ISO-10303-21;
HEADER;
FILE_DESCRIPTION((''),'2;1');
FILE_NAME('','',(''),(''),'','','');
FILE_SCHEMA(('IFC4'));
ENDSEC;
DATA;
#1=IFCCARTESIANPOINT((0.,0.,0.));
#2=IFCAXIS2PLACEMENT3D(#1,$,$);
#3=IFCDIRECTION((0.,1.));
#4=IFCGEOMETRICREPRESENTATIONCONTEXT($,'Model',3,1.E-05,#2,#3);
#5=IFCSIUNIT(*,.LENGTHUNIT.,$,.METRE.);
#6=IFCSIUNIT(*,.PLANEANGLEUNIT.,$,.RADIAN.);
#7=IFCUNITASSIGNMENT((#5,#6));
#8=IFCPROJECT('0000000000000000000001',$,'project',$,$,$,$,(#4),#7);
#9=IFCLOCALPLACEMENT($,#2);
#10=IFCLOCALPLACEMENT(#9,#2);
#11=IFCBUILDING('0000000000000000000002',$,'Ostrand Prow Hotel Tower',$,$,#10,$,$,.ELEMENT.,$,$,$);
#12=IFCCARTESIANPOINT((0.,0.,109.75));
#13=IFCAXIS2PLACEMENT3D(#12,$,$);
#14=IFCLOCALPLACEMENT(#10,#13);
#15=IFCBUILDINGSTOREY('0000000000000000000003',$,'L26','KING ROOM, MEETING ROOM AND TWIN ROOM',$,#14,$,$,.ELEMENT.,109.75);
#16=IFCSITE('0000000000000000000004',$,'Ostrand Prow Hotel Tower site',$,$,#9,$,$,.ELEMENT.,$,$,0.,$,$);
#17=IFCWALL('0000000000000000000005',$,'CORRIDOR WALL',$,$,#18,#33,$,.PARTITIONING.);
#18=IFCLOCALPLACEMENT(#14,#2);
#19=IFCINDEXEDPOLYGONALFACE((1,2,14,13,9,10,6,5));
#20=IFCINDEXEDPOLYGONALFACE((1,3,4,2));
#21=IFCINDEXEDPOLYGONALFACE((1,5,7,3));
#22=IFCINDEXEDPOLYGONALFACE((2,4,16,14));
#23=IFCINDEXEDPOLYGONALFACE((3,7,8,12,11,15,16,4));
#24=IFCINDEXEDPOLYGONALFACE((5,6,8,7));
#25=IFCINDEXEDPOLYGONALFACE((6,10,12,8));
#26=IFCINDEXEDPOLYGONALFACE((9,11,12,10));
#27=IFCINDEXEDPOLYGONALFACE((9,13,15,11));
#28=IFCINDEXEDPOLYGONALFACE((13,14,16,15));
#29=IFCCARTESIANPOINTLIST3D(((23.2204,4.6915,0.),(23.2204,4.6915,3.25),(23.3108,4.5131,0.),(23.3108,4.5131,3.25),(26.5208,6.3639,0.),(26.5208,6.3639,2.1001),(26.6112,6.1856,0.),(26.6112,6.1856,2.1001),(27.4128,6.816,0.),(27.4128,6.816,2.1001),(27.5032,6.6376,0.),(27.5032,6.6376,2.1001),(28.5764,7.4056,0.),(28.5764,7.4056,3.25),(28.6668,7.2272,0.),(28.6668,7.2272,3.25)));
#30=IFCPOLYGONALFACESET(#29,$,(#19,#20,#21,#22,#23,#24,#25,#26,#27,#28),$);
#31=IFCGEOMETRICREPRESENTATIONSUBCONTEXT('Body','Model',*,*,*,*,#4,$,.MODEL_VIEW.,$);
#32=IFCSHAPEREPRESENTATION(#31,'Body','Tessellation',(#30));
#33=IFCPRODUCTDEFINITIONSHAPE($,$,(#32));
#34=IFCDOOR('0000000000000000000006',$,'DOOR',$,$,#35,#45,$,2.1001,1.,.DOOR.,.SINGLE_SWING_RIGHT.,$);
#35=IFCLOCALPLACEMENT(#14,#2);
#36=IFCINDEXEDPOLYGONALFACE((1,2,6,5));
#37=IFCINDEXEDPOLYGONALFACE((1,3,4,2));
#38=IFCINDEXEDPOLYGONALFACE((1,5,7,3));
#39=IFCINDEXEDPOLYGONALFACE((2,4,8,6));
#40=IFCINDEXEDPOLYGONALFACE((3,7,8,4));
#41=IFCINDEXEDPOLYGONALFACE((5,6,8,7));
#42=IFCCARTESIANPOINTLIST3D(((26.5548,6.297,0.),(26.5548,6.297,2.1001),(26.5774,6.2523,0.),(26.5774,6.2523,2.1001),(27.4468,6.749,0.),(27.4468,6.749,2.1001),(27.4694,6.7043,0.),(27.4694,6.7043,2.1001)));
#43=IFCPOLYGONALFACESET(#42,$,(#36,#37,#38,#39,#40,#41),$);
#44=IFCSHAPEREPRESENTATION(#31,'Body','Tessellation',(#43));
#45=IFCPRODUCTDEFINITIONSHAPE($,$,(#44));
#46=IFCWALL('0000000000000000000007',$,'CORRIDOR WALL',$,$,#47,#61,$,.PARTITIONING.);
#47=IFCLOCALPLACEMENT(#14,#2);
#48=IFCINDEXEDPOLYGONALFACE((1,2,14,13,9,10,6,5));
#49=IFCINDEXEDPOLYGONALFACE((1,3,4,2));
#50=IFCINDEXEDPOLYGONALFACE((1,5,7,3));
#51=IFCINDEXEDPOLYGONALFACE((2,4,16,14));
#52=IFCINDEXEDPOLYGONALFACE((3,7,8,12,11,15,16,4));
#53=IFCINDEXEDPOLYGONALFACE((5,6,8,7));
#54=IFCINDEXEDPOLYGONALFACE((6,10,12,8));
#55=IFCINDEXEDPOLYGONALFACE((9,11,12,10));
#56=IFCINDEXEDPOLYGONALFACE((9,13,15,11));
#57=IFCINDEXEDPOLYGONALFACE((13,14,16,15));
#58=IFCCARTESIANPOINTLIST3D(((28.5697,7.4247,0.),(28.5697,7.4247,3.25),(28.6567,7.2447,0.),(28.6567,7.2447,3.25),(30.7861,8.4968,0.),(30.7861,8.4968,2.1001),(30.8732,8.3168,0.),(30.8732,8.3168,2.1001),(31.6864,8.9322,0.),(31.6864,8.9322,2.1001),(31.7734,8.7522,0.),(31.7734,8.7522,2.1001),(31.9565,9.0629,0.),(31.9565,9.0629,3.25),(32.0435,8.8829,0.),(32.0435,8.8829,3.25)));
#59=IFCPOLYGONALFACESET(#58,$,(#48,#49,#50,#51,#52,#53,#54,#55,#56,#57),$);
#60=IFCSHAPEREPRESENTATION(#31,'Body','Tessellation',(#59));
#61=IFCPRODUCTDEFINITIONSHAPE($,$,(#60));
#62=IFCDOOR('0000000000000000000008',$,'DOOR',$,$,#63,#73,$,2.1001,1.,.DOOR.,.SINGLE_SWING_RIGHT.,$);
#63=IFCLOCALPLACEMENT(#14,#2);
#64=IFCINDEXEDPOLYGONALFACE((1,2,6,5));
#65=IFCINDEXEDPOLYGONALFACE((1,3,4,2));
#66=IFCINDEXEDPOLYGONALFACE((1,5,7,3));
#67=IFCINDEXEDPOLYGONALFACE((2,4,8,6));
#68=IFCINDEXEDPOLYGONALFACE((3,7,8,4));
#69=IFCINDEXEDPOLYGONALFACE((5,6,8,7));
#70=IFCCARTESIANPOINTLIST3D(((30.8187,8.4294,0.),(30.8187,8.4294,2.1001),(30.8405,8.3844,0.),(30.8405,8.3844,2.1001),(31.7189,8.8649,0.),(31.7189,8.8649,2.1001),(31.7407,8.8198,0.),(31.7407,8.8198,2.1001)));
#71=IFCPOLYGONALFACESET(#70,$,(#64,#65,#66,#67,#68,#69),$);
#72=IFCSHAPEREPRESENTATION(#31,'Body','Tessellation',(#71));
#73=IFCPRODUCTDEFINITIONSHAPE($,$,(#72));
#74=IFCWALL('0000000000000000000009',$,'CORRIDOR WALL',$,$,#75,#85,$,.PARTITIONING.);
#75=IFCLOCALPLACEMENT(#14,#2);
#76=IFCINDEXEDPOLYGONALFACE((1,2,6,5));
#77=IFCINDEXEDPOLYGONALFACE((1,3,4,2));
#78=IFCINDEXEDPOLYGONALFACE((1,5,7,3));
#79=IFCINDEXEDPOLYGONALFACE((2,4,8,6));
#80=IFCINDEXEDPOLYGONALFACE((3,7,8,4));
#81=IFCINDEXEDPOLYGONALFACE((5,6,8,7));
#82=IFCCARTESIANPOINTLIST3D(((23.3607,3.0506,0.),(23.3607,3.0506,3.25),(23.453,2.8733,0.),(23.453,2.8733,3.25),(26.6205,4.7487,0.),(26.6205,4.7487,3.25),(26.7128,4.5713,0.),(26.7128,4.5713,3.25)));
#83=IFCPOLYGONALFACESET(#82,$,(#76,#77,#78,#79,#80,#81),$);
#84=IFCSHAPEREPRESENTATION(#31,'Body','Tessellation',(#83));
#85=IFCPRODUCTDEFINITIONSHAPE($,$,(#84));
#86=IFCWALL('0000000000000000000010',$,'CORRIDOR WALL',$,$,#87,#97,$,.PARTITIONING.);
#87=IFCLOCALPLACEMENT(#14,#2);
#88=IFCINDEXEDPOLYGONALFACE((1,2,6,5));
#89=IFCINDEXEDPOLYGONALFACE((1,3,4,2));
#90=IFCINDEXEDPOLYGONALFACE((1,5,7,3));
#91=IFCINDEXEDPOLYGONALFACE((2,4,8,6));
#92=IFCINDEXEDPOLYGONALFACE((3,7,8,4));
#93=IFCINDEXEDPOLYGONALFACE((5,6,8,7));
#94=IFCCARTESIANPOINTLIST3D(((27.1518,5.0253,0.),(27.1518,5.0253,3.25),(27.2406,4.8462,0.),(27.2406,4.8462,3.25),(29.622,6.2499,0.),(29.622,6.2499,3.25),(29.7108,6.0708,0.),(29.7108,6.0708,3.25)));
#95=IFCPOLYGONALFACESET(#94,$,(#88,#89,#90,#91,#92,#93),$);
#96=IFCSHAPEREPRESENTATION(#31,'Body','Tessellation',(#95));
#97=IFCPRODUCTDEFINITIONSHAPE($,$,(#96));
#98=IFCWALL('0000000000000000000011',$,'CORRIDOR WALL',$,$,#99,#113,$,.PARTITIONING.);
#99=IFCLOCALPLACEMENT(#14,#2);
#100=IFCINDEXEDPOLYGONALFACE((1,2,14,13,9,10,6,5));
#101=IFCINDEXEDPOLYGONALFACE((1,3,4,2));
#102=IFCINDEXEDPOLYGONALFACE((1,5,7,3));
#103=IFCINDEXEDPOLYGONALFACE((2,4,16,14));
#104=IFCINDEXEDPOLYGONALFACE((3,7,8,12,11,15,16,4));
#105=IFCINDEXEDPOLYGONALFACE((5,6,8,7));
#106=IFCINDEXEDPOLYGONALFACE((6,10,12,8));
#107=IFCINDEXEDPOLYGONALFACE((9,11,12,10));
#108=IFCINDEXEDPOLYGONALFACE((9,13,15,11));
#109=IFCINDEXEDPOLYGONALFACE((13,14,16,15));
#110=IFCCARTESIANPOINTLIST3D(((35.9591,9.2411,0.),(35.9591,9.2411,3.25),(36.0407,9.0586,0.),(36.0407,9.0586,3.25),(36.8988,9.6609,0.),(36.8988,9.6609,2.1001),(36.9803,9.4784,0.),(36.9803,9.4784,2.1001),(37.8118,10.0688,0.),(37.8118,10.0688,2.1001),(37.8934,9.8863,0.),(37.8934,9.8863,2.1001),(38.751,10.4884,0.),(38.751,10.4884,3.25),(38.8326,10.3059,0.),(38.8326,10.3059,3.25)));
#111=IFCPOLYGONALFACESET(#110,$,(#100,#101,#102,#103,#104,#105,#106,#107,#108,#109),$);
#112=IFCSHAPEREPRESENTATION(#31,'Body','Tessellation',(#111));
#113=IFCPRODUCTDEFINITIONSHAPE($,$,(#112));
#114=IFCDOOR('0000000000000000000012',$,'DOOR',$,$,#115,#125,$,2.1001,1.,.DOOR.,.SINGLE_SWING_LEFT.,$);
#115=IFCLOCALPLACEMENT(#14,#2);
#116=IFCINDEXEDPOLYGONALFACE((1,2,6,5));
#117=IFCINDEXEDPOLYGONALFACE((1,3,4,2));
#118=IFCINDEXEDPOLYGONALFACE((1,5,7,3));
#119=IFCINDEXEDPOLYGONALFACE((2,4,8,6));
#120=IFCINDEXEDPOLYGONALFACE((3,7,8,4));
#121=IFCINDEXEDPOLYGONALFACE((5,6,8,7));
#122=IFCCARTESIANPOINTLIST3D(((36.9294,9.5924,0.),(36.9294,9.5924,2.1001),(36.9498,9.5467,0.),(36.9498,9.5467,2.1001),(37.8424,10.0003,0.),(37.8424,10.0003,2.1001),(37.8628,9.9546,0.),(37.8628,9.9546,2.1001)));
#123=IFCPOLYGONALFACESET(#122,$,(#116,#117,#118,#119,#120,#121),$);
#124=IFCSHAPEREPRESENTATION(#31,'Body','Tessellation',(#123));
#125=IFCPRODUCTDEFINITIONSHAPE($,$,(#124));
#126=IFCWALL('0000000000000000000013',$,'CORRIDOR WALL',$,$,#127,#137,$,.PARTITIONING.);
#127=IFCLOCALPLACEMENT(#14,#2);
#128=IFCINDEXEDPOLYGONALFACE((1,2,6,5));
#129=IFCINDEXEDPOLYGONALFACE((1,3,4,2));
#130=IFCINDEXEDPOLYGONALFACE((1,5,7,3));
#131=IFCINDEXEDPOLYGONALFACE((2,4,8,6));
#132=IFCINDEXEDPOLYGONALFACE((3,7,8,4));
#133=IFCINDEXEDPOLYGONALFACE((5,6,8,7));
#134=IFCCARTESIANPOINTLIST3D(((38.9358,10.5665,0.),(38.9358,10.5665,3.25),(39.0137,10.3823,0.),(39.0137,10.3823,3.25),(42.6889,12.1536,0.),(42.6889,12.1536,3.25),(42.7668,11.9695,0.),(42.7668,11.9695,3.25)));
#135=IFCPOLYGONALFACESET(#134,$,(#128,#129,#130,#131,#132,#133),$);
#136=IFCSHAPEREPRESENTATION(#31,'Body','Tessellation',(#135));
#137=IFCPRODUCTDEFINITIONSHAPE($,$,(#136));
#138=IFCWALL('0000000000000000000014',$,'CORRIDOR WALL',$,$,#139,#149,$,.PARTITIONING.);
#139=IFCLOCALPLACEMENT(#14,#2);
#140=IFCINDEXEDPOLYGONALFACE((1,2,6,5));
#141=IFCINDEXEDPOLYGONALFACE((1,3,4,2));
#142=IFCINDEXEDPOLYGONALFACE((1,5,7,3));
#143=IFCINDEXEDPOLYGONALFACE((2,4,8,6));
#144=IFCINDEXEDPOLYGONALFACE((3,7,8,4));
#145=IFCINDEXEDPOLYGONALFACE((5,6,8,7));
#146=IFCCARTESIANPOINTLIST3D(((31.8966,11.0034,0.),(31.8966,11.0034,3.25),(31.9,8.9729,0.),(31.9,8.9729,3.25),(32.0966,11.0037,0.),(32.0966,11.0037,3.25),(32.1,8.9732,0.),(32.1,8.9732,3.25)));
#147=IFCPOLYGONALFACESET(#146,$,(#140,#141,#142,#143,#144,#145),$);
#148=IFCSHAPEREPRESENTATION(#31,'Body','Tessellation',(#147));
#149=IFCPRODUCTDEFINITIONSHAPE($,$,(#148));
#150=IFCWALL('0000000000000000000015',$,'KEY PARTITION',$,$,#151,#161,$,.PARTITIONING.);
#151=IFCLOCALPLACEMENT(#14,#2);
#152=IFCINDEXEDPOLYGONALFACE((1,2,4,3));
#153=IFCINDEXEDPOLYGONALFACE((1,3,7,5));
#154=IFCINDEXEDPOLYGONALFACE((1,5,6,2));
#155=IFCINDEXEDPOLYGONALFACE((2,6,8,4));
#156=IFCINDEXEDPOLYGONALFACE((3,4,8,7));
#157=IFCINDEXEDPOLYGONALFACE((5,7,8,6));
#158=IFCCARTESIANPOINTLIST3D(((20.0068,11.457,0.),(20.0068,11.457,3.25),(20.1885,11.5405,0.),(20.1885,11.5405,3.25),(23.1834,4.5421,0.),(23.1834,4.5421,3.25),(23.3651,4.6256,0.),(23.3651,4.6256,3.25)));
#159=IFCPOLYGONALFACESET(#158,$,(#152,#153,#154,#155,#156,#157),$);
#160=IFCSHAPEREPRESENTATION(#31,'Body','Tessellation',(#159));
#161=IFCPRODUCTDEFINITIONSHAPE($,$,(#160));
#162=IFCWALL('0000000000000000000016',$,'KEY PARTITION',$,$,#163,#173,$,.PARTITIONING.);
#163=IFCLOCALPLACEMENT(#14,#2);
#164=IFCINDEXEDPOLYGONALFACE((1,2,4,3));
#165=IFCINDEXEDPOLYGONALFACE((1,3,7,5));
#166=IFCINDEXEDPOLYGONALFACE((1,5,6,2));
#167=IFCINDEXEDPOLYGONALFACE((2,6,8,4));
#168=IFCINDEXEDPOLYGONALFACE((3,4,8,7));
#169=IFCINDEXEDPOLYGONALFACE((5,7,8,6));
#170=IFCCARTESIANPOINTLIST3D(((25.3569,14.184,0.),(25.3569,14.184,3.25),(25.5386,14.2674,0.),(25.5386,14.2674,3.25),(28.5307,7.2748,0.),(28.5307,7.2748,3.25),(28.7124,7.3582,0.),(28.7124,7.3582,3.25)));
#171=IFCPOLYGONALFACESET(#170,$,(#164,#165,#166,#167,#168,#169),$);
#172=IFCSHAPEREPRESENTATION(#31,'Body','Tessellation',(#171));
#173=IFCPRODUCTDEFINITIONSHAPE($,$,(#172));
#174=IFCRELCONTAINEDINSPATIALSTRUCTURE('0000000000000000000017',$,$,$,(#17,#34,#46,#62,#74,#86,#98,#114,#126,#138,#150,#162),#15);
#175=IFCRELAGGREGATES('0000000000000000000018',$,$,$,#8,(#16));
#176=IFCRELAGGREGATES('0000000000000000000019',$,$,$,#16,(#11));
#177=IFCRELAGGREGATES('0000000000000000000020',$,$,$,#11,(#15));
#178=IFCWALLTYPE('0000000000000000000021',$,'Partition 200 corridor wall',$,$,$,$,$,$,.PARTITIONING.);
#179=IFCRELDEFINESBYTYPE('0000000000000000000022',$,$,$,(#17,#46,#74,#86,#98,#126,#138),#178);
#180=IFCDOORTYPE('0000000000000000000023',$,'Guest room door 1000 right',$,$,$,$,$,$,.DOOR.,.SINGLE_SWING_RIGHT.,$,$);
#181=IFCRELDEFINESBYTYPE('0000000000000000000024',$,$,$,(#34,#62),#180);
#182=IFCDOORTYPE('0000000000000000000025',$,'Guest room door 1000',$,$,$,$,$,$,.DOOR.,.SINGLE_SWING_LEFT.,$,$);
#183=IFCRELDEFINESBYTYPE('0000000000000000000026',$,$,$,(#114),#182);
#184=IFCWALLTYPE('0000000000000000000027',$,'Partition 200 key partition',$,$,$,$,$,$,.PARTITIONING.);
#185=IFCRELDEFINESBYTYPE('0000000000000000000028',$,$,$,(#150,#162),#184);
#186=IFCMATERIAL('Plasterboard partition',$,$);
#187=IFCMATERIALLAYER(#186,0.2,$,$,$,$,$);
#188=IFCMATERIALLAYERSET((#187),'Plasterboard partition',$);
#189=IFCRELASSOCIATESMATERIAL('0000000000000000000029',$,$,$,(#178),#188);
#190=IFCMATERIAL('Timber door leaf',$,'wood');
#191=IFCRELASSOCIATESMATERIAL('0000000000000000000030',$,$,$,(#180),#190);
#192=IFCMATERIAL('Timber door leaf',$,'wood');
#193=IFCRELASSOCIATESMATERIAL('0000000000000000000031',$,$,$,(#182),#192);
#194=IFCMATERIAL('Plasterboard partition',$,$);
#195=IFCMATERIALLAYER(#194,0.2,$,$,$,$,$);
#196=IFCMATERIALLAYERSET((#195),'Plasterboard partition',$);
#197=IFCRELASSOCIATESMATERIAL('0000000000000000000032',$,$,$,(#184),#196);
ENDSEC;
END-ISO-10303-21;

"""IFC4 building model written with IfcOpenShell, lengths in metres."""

from ifc_helpers import new_model, si_unit, direction, frame, frame_2d, origin, place, context, subcontext, project, spatial, rectangle, extrude, material, layer, layer_set, type_object, element, fill, save


model = new_model("IFC4")

# Units and contexts
model_context = context("Model", 3, precision=1e-05, world=origin(), true_north=direction((0.0, 1.0)))
body_context = subcontext(model_context, "Body", "Model", "MODEL_VIEW")
ifc_project = project(units=[si_unit("LENGTHUNIT", "METRE"), si_unit("PLANEANGLEUNIT", "RADIAN")], contexts=[model_context])

# Site, building, storey
site_placement = place(None, origin())
site = spatial("IfcSite", under=ifc_project, at=site_placement, Name="Ostrand Prow Hotel Tower site", CompositionType="ELEMENT", RefElevation=0.0)
building_placement = place(site_placement, origin())
building = spatial("IfcBuilding", under=site, at=building_placement, Name="Ostrand Prow Hotel Tower", CompositionType="ELEMENT")
storey_placement = place(building_placement, frame((0.0, 0.0, 109.75)))
storey = spatial("IfcBuildingStorey", under=building, at=storey_placement, Name="L26", Description="KING ROOM, MEETING ROOM AND TWIN ROOM", CompositionType="ELEMENT", Elevation=109.75)

# Walls, openings, doors
ifc_material_1 = material(Name="Plasterboard partition")
ifc_layer_1 = layer(ifc_material_1, 0.2)
ifc_layer_set_1 = layer_set([ifc_layer_1], Name="Plasterboard partition")
wall_type_1 = type_object("IfcWallType", Name="Partition 200 corridor wall", PredefinedType="PARTITIONING", material=ifc_layer_set_1)
wall_1_placement = place(storey_placement, frame((23.2656, 4.6023, 0.0), z_axis=(0.0, 0.0, 1.0), x_axis=(0.892007, 0.452021, 0.0)))
wall_1 = element("IfcWall", 1, at=wall_1_placement, inside=storey, type_object=wall_type_1, Name="CORRIDOR WALL", PredefinedType="PARTITIONING", context=body_context, shape_type="SweptSolid", body=[
    extrude(rectangle(XDim=6.0044, YDim=0.2, at=frame_2d((3.0022, 0.0))), origin(), (0.0, 0.0, 1.0), 3.25),
])
opening_1_placement = place(wall_1_placement, frame((3.7, 0.0, 0.0)))
opening_1 = element("IfcOpeningElement", 2, at=opening_1_placement, cuts=wall_1, PredefinedType="OPENING", context=body_context, shape_type="SweptSolid", body=[
    extrude(rectangle(XDim=1.0, YDim=2.1001, at=frame_2d((0.5, 1.05))), frame((0.0, 0.1099, 0.0), z_axis=(0.0, -1.0, 0.0), x_axis=(1.0, 0.0, 0.0)), (0.0, 0.0, 1.0), 0.22),
])
ifc_material_2 = material(Name="Timber door leaf", Category="wood")
door_type_1 = type_object("IfcDoorType", Name="Guest room door 1000 right", OperationType="SINGLE_SWING_RIGHT", PredefinedType="DOOR", material=ifc_material_2)
door_1_placement = place(opening_1_placement, origin())
door_1 = element("IfcDoor", 3, at=door_1_placement, inside=storey, type_object=door_type_1, Name="DOOR", OperationType="SINGLE_SWING_RIGHT", OverallHeight=2.1001, OverallWidth=1.0, PredefinedType="DOOR", context=body_context, shape_type="SweptSolid", body=[
    extrude(rectangle(XDim=1.0, YDim=2.1001, at=frame_2d((0.5, 1.05))), frame((0.0, 0.0249, 0.0), z_axis=(0.0, -1.0, 0.0), x_axis=(1.0, 0.0, 0.0)), (0.0, 0.0, 1.0), 0.05),
])
fill(opening_1, door_1)
wall_2_placement = place(storey_placement, frame((32.0, 8.9729, 0.0), z_axis=(0.0, 0.0, 1.0), x_axis=(-0.900217, -0.435442, 0.0)))
wall_2 = element("IfcWall", 4, at=wall_2_placement, inside=storey, type_object=wall_type_1, Name="CORRIDOR WALL", PredefinedType="PARTITIONING", context=body_context, shape_type="SweptSolid", body=[
    extrude(rectangle(XDim=3.7622, YDim=0.2, at=frame_2d((1.8811, 0.0))), origin(), (0.0, 0.0, 1.0), 3.25),
])
opening_2_placement = place(wall_2_placement, frame((0.3, 0.0, 0.0)))
opening_2 = element("IfcOpeningElement", 5, at=opening_2_placement, cuts=wall_2, PredefinedType="OPENING", context=body_context, shape_type="SweptSolid", body=[
    extrude(rectangle(XDim=1.0, YDim=2.1001, at=frame_2d((0.5, 1.05))), frame((0.0, 0.1099, 0.0), z_axis=(0.0, -1.0, 0.0), x_axis=(1.0, 0.0, 0.0)), (0.0, 0.0, 1.0), 0.22),
])
door_2_placement = place(opening_2_placement, origin())
door_2 = element("IfcDoor", 6, at=door_2_placement, inside=storey, type_object=door_type_1, Name="DOOR", OperationType="SINGLE_SWING_RIGHT", OverallHeight=2.1001, OverallWidth=1.0, PredefinedType="DOOR", context=body_context, shape_type="SweptSolid", body=[
    extrude(rectangle(XDim=1.0, YDim=2.1001, at=frame_2d((0.5, 1.05))), frame((0.0, 0.0249, 0.0), z_axis=(0.0, -1.0, 0.0), x_axis=(1.0, 0.0, 0.0)), (0.0, 0.0, 1.0), 0.05),
])
fill(opening_2, door_2)

# Walls
wall_3_placement = place(storey_placement, frame((23.4067, 2.9619, 0.0), z_axis=(0.0, 0.0, 1.0), x_axis=(0.886891, 0.461978, 0.0)))
element("IfcWall", 7, at=wall_3_placement, inside=storey, type_object=wall_type_1, Name="CORRIDOR WALL", PredefinedType="PARTITIONING", context=body_context, shape_type="SweptSolid", body=[
    extrude(rectangle(XDim=3.6755, YDim=0.2, at=frame_2d((1.8379, 0.0))), origin(), (0.0, 0.0, 1.0), 3.25),
])
wall_4_placement = place(storey_placement, frame((27.1963, 4.9358, 0.0), z_axis=(0.0, 0.0, 1.0), x_axis=(0.895945, 0.444165, 0.0)))
element("IfcWall", 8, at=wall_4_placement, inside=storey, type_object=wall_type_1, Name="CORRIDOR WALL", PredefinedType="PARTITIONING", context=body_context, shape_type="SweptSolid", body=[
    extrude(rectangle(XDim=2.7571, YDim=0.2, at=frame_2d((1.3784, 0.0))), origin(), (0.0, 0.0, 1.0), 3.25),
])

# Wall, opening, door
wall_5_placement = place(storey_placement, frame((36.0, 9.1499, 0.0), z_axis=(0.0, 0.0, 1.0), x_axis=(0.91303, 0.407893, 0.0)))
wall_5 = element("IfcWall", 9, at=wall_5_placement, inside=storey, type_object=wall_type_1, Name="CORRIDOR WALL", PredefinedType="PARTITIONING", context=body_context, shape_type="SweptSolid", body=[
    extrude(rectangle(XDim=3.0579, YDim=0.2, at=frame_2d((1.5288, 0.0))), origin(), (0.0, 0.0, 1.0), 3.25),
])
opening_3_placement = place(wall_5_placement, frame((1.0291, 0.0, 0.0)))
opening_3 = element("IfcOpeningElement", 10, at=opening_3_placement, cuts=wall_5, PredefinedType="OPENING", context=body_context, shape_type="SweptSolid", body=[
    extrude(rectangle(XDim=1.0, YDim=2.1001, at=frame_2d((0.5, 1.05))), frame((0.0, 0.1099, 0.0), z_axis=(0.0, -1.0, 0.0), x_axis=(1.0, 0.0, 0.0)), (0.0, 0.0, 1.0), 0.22),
])
ifc_material_3 = material(Name="Timber door leaf", Category="wood")
door_type_2 = type_object("IfcDoorType", Name="Guest room door 1000", OperationType="SINGLE_SWING_LEFT", PredefinedType="DOOR", material=ifc_material_3)
door_3_placement = place(opening_3_placement, origin())
door_3 = element("IfcDoor", 11, at=door_3_placement, inside=storey, type_object=door_type_2, Name="DOOR", OperationType="SINGLE_SWING_LEFT", OverallHeight=2.1001, OverallWidth=1.0, PredefinedType="DOOR", context=body_context, shape_type="SweptSolid", body=[
    extrude(rectangle(XDim=1.0, YDim=2.1001, at=frame_2d((0.5, 1.05))), frame((0.0, 0.0249, 0.0), z_axis=(0.0, -1.0, 0.0), x_axis=(1.0, 0.0, 0.0)), (0.0, 0.0, 1.0), 0.05),
])
fill(opening_3, door_3)

# Walls
wall_6_placement = place(storey_placement, frame((38.9746, 10.4744, 0.0), z_axis=(0.0, 0.0, 1.0), x_axis=(0.921031, 0.389489, 0.0)))
element("IfcWall", 12, at=wall_6_placement, inside=storey, type_object=wall_type_1, Name="CORRIDOR WALL", PredefinedType="PARTITIONING", context=body_context, shape_type="SweptSolid", body=[
    extrude(rectangle(XDim=4.075, YDim=0.2, at=frame_2d((2.0376, 0.0))), origin(), (0.0, 0.0, 1.0), 3.25),
])
wall_7_placement = place(storey_placement, frame((31.9966, 11.0034, 0.0), z_axis=(0.0, 0.0, 1.0), x_axis=(0.001683, -0.999999, 0.0)))
element("IfcWall", 13, at=wall_7_placement, inside=storey, type_object=wall_type_1, Name="CORRIDOR WALL", PredefinedType="PARTITIONING", context=body_context, shape_type="SweptSolid", body=[
    extrude(rectangle(XDim=2.0305, YDim=0.2, at=frame_2d((1.0151, 0.0))), origin(), (0.0, 0.0, 1.0), 3.25),
])
ifc_material_4 = material(Name="Plasterboard partition")
ifc_layer_2 = layer(ifc_material_4, 0.2)
ifc_layer_set_2 = layer_set([ifc_layer_2], Name="Plasterboard partition")
wall_type_2 = type_object("IfcWallType", Name="Partition 200 key partition", PredefinedType="PARTITIONING", material=ifc_layer_set_2)
wall_8_placement = place(storey_placement, frame((23.2742, 4.584, 0.0), z_axis=(0.0, 0.0, 1.0), x_axis=(-0.41744, 0.908704, 0.0)))
element("IfcWall", 14, at=wall_8_placement, inside=storey, type_object=wall_type_2, Name="KEY PARTITION", PredefinedType="PARTITIONING", context=body_context, shape_type="SweptSolid", body=[
    extrude(rectangle(XDim=7.6096, YDim=0.2, at=frame_2d((3.8047, 0.0))), origin(), (0.0, 0.0, 1.0), 3.25),
])
wall_9_placement = place(storey_placement, frame((28.6216, 7.3164, 0.0), z_axis=(0.0, 0.0, 1.0), x_axis=(-0.417429, 0.90871, 0.0)))
element("IfcWall", 15, at=wall_9_placement, inside=storey, type_object=wall_type_2, Name="KEY PARTITION", PredefinedType="PARTITIONING", context=body_context, shape_type="SweptSolid", body=[
    extrude(rectangle(XDim=7.6033, YDim=0.2, at=frame_2d((3.8018, 0.0))), origin(), (0.0, 0.0, 1.0), 3.25),
])

save(model, "model.ifc")
